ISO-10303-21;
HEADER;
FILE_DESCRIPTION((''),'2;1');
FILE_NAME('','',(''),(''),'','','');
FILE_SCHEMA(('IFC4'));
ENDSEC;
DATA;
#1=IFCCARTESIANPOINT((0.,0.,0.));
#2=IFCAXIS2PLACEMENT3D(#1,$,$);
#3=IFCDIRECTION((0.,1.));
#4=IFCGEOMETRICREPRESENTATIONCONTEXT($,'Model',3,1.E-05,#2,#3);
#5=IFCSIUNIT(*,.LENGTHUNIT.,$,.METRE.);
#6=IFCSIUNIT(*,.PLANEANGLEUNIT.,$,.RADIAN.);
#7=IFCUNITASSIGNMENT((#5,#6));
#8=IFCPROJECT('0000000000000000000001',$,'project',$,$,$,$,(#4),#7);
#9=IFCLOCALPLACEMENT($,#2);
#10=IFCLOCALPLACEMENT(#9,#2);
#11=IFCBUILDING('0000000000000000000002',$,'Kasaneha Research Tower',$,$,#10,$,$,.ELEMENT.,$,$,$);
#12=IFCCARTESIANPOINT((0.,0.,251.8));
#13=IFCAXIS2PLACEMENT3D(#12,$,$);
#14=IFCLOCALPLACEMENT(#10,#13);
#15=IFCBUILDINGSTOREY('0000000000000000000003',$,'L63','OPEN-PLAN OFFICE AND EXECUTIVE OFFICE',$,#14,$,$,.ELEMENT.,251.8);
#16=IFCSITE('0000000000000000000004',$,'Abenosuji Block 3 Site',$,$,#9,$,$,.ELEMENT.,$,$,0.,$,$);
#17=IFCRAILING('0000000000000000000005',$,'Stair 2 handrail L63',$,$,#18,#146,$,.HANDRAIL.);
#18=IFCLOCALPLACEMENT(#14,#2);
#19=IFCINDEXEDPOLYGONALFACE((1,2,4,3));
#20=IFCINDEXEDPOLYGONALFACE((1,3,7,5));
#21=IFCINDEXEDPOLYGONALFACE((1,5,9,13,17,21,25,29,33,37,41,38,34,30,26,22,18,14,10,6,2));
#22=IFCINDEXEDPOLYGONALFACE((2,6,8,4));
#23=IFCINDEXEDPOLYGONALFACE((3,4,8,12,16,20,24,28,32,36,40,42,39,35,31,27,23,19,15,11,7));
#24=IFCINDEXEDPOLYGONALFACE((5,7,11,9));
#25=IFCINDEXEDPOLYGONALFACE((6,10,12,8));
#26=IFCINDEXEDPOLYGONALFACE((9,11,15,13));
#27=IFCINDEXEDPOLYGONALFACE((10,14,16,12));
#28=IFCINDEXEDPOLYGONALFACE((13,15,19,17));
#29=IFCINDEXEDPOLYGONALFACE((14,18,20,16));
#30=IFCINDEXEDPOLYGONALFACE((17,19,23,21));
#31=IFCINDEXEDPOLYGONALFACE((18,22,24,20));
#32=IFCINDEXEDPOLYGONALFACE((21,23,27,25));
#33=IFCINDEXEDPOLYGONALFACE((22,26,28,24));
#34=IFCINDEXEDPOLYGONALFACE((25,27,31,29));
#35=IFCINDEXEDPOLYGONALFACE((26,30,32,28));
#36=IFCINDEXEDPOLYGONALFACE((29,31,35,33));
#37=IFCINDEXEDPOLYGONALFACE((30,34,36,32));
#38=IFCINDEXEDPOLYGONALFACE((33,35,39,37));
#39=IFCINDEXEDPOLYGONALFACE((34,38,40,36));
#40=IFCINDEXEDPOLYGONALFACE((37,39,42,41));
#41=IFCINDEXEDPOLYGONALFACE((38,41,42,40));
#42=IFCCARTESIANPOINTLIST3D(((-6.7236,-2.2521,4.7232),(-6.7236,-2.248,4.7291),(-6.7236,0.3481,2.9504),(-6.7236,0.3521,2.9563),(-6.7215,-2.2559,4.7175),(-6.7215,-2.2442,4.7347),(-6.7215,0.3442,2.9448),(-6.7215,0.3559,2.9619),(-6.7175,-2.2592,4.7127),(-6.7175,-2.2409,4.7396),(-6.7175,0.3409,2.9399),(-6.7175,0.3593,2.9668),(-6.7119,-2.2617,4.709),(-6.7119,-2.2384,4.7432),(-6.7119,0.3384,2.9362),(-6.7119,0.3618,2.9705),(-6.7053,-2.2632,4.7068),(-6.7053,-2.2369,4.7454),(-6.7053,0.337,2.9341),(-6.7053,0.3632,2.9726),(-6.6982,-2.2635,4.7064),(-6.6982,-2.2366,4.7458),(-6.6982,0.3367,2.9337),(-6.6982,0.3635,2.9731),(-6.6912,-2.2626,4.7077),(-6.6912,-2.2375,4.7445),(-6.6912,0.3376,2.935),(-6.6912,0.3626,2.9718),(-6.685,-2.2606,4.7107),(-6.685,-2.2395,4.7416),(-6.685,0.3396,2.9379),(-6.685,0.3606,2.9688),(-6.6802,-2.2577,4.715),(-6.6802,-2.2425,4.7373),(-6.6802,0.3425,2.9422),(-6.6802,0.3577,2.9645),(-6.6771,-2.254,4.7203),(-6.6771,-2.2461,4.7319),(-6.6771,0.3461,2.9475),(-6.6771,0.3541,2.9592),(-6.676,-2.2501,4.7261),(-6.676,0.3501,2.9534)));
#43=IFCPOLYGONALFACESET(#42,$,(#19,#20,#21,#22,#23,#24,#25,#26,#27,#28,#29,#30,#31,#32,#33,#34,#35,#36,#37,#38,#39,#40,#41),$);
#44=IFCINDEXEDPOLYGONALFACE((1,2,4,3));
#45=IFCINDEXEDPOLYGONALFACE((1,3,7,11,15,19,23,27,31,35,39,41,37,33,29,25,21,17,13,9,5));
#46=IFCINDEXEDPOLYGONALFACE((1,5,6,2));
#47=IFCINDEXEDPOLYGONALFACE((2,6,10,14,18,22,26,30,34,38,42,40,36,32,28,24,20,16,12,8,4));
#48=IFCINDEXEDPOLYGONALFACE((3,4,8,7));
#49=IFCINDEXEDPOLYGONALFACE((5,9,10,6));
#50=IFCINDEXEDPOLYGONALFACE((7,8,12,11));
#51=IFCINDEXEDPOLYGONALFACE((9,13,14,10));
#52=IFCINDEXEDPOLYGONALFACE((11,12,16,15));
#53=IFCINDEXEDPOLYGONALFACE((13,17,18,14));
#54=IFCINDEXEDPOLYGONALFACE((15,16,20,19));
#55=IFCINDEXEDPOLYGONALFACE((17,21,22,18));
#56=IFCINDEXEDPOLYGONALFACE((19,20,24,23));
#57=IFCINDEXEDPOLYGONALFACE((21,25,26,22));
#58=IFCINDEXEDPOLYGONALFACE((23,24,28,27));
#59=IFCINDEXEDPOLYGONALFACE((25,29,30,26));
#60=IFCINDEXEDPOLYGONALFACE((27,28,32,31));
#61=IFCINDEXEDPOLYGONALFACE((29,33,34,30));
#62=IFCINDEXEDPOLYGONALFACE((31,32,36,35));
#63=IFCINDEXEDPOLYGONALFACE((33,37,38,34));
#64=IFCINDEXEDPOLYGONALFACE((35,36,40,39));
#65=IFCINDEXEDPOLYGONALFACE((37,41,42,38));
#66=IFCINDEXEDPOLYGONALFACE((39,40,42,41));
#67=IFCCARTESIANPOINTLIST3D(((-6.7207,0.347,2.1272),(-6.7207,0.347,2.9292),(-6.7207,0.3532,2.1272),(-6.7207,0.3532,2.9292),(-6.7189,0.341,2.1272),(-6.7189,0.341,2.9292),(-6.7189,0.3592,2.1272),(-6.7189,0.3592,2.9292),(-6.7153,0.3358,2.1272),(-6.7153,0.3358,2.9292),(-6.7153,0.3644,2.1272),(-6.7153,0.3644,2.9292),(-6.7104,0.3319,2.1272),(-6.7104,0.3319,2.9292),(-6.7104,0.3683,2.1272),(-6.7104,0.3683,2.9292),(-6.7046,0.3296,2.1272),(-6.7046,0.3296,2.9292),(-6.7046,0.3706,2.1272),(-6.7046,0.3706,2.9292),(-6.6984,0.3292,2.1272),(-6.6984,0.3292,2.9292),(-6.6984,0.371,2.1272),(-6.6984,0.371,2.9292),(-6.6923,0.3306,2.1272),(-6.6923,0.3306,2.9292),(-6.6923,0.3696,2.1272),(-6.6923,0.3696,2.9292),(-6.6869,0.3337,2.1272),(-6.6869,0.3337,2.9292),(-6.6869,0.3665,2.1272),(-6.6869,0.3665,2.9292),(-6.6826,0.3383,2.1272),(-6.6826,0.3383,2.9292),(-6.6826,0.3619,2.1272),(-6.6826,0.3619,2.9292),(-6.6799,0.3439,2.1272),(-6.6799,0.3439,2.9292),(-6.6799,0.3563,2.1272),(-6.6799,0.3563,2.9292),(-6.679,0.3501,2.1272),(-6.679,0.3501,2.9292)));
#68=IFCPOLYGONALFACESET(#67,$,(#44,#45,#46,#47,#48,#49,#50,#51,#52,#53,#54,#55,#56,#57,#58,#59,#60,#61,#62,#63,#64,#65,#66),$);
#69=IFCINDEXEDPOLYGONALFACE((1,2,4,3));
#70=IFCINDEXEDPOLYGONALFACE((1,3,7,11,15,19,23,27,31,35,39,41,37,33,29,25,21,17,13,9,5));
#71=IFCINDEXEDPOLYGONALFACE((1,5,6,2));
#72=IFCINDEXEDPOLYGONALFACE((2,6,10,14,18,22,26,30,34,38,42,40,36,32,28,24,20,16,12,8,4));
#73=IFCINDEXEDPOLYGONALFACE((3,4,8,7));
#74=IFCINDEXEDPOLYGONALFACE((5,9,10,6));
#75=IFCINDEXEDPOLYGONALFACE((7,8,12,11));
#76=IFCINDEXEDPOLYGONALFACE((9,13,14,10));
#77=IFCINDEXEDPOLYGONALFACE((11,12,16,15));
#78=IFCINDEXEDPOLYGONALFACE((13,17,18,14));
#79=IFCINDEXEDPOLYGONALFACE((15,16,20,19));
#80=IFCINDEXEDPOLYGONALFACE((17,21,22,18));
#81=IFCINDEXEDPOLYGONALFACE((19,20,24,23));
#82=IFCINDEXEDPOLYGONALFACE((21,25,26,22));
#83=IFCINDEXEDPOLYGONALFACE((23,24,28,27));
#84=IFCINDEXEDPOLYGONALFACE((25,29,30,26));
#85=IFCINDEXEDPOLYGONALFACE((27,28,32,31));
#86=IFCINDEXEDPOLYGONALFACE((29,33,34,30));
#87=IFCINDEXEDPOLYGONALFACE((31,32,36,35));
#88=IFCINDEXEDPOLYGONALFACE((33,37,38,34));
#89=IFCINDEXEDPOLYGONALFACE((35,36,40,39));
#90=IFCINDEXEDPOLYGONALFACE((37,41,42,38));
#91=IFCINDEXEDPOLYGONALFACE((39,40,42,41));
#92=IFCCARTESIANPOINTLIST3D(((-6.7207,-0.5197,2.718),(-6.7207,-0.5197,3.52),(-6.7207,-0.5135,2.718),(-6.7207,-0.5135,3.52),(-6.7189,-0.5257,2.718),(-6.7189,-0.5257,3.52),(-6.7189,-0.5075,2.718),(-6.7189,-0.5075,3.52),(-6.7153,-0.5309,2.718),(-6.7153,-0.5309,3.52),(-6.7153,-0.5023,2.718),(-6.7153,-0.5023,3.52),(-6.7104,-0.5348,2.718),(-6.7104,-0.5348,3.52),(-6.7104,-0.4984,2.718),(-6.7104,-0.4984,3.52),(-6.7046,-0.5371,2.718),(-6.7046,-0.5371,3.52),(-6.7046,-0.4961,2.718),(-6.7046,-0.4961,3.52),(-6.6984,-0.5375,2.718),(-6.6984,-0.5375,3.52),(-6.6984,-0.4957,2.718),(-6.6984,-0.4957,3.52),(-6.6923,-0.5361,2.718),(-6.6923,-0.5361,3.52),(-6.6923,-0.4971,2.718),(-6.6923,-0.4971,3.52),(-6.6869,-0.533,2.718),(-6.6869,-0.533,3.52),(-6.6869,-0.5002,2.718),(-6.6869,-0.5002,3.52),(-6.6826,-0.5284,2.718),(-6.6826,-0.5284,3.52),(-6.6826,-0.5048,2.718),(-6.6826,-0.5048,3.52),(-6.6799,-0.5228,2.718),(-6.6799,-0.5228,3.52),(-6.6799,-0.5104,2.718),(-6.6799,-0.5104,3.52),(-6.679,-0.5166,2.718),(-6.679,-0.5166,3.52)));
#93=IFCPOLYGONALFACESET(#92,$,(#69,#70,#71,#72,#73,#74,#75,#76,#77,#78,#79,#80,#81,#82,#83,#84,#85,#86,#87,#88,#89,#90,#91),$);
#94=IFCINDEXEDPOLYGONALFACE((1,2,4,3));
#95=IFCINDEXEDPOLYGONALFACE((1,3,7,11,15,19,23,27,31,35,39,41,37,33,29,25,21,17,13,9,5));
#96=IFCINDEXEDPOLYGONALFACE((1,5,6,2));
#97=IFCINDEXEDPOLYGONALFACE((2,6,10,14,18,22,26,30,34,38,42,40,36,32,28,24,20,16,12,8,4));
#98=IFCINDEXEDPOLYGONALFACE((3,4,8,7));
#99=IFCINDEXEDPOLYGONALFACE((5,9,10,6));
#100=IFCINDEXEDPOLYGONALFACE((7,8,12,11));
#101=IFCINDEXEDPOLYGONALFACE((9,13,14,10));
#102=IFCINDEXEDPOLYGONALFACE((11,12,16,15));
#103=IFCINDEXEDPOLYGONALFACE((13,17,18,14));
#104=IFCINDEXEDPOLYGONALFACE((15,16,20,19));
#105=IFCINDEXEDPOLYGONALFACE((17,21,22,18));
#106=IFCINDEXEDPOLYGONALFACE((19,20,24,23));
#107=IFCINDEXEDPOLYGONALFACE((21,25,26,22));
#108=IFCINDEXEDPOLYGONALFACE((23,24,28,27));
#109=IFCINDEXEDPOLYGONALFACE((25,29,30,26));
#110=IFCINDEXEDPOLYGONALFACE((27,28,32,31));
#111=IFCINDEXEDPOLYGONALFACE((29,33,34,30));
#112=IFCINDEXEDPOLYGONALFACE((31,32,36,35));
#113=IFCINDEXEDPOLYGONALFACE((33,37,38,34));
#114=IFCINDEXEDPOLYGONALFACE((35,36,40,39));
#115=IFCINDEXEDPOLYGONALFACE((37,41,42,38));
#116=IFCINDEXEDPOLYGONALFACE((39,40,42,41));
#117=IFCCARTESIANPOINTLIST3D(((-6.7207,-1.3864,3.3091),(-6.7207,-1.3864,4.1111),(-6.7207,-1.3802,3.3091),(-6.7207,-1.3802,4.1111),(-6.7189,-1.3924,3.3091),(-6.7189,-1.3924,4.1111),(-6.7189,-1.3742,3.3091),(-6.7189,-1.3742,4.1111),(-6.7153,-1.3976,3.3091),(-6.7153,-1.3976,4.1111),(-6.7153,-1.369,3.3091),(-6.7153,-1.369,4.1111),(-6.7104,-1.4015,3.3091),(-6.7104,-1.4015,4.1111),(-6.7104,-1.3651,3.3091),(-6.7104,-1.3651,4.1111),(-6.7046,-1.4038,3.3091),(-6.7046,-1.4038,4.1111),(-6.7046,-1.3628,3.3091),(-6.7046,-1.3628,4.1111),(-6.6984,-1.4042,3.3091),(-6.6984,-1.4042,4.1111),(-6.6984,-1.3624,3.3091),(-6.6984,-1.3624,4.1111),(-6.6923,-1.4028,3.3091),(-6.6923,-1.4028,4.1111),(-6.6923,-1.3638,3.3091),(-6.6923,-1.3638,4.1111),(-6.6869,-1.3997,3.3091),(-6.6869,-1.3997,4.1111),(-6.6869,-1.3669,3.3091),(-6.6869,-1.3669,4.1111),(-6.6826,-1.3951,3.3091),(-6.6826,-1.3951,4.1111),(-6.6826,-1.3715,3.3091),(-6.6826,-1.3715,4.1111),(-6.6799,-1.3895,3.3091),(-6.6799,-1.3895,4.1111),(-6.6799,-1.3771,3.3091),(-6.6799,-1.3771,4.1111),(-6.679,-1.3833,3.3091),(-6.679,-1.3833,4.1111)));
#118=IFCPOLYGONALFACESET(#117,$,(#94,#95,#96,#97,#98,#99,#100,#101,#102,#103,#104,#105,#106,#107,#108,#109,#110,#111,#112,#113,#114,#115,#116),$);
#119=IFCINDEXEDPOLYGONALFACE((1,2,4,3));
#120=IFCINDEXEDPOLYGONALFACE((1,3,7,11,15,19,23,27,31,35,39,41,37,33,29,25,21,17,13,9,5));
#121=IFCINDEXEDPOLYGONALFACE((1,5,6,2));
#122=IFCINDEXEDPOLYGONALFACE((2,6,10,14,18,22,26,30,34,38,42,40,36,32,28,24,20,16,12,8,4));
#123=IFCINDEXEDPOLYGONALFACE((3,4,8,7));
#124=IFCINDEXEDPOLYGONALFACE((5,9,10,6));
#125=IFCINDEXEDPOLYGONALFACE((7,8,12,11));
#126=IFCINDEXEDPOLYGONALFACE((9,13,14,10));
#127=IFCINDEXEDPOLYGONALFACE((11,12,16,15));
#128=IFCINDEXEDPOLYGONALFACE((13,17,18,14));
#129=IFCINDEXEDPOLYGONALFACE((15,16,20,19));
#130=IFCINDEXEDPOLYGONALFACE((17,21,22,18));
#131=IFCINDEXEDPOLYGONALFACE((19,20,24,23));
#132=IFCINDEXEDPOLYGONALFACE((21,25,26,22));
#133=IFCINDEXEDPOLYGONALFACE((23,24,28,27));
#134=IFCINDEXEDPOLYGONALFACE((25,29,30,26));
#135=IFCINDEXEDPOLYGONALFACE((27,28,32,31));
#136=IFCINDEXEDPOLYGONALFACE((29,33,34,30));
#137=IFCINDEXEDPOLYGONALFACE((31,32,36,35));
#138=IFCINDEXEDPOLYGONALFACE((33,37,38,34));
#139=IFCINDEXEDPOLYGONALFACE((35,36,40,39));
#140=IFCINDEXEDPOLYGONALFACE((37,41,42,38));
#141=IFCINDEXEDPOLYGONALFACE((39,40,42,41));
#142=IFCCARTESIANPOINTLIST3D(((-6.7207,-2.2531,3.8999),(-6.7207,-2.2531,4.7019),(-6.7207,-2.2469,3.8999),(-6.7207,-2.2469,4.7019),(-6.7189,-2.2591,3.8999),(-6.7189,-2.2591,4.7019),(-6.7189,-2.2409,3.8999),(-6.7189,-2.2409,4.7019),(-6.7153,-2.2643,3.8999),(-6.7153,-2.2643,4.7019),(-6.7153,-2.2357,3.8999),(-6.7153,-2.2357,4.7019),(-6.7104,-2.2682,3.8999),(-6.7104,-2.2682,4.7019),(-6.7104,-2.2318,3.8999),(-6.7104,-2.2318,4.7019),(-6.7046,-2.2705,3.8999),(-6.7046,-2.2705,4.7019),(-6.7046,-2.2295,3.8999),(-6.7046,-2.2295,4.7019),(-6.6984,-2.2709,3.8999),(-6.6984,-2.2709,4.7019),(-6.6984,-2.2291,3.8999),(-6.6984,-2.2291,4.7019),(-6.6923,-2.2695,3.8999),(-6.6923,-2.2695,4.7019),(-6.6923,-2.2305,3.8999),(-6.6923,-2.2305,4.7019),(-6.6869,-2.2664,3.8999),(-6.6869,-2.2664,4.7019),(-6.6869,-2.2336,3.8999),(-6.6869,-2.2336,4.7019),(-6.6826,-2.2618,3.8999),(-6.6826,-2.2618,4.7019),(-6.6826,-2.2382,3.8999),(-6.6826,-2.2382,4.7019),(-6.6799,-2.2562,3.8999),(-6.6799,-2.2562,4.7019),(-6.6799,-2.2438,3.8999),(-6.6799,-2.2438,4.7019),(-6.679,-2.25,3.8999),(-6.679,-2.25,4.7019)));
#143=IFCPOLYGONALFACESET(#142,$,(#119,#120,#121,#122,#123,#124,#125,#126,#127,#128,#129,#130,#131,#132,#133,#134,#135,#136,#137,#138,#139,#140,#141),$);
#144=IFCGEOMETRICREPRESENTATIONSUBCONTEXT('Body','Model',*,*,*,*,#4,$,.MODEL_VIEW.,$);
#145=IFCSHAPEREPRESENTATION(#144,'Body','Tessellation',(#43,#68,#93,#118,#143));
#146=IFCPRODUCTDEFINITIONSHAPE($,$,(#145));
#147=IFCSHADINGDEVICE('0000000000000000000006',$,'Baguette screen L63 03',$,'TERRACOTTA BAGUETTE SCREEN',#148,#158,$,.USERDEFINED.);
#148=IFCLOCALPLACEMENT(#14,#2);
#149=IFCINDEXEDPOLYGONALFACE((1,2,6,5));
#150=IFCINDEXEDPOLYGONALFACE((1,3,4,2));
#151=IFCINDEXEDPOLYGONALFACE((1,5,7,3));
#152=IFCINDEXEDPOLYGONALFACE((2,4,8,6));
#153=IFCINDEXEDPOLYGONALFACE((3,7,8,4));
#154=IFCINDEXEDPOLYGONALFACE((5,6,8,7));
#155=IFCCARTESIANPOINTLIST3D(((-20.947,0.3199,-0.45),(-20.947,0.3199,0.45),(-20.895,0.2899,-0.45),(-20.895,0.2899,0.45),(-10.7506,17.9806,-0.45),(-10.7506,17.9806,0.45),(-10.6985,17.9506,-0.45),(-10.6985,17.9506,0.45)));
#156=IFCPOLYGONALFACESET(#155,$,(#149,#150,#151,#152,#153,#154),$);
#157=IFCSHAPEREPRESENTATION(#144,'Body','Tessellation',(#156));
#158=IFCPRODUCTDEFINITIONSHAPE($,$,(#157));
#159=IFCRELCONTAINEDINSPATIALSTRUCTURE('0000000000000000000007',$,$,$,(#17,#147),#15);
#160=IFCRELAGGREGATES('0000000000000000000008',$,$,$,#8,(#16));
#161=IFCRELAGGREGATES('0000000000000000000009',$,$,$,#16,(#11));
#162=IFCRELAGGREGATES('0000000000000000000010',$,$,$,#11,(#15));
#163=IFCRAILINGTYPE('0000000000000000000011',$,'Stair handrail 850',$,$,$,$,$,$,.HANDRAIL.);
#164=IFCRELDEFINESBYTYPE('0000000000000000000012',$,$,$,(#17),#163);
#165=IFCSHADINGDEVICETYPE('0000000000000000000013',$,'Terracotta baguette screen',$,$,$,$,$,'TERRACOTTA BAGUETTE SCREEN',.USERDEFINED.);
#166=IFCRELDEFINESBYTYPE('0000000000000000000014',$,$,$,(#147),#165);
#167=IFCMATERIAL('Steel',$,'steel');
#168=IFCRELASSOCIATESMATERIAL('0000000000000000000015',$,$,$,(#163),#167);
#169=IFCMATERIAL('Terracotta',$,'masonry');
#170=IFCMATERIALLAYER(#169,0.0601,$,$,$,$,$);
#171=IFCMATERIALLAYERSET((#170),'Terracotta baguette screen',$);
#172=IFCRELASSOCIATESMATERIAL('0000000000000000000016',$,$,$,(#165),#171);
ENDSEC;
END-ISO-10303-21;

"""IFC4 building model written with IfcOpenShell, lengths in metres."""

from ifc_helpers import new_model, si_unit, direction, frame, origin, origin_2d, place, context, subcontext, project, spatial, rectangle, circle, extrude, material, layer, layer_set, type_object, element, save


model = new_model("IFC4")

# Units and contexts
model_context = context("Model", 3, precision=1e-05, world=origin(), true_north=direction((0.0, 1.0)))
body_context = subcontext(model_context, "Body", "Model", "MODEL_VIEW")
ifc_project = project(units=[si_unit("LENGTHUNIT", "METRE"), si_unit("PLANEANGLEUNIT", "RADIAN")], contexts=[model_context])

# Site, building, storey
site_placement = place(None, origin())
site = spatial("IfcSite", under=ifc_project, at=site_placement, Name="Abenosuji Block 3 Site", CompositionType="ELEMENT", RefElevation=0.0)
building_placement = place(site_placement, origin())
building = spatial("IfcBuilding", under=site, at=building_placement, Name="Kasaneha Research Tower", CompositionType="ELEMENT")
storey_placement = place(building_placement, frame((0.0, 0.0, 251.8)))
storey = spatial("IfcBuildingStorey", under=building, at=storey_placement, Name="L63", Description="OPEN-PLAN OFFICE AND EXECUTIVE OFFICE", CompositionType="ELEMENT", Elevation=251.8)

# Railing
ifc_material_1 = material(Name="Steel", Category="steel")
railing_type_1 = type_object("IfcRailingType", Name="Stair handrail 850", PredefinedType="HANDRAIL", material=ifc_material_1)
railing_1_placement = place(storey_placement, frame((-6.7, 0.3501, 2.1272)))
element("IfcRailing", 1, at=railing_1_placement, inside=storey, type_object=railing_type_1, Name="Stair 2 handrail L63", PredefinedType="HANDRAIL", context=body_context, shape_type="SweptSolid", body=[
    extrude(circle(Radius=0.0239, at=origin_2d()), frame((0.0, 0.0, 0.8262), z_axis=(0.0, -0.82624, 0.563318), x_axis=(1.0, 0.0, 0.0)), (0.0, 0.0, 1.0), 3.147),
    extrude(circle(Radius=0.021, at=origin_2d()), origin(), (0.0, 0.0, 1.0), 0.802),
    extrude(circle(Radius=0.021, at=origin_2d()), frame((0.0, -0.8667, 0.5908)), (0.0, 0.0, 1.0), 0.802),
    extrude(circle(Radius=0.021, at=origin_2d()), frame((0.0, -1.7334, 1.1819)), (0.0, 0.0, 1.0), 0.802),
    extrude(circle(Radius=0.021, at=origin_2d()), frame((0.0, -2.6001, 1.7727)), (0.0, 0.0, 1.0), 0.802),
])

# Shading device
ifc_material_2 = material(Name="Terracotta", Category="masonry")
ifc_layer_1 = layer(ifc_material_2, 0.0601)
ifc_layer_set_1 = layer_set([ifc_layer_1], Name="Terracotta baguette screen")
shading_device_type = type_object("IfcShadingDeviceType", Name="Terracotta baguette screen", ElementType="TERRACOTTA BAGUETTE SCREEN", PredefinedType="USERDEFINED", material=ifc_layer_set_1)
shading_device_placement = place(storey_placement, frame((-15.8228, 9.1353, -0.45), z_axis=(0.0, 0.0, 1.0), x_axis=(-0.5, -0.866025, 0.0)))
element("IfcShadingDevice", 2, at=shading_device_placement, inside=storey, type_object=shading_device_type, Name="Baguette screen L63 03", ObjectType="TERRACOTTA BAGUETTE SCREEN", PredefinedType="USERDEFINED", context=body_context, shape_type="SweptSolid", body=[
    extrude(rectangle(XDim=20.3928, YDim=0.0601, at=origin_2d()), origin(), (0.0, 0.0, 1.0), 0.8999),
])

save(model, "model.ifc")
